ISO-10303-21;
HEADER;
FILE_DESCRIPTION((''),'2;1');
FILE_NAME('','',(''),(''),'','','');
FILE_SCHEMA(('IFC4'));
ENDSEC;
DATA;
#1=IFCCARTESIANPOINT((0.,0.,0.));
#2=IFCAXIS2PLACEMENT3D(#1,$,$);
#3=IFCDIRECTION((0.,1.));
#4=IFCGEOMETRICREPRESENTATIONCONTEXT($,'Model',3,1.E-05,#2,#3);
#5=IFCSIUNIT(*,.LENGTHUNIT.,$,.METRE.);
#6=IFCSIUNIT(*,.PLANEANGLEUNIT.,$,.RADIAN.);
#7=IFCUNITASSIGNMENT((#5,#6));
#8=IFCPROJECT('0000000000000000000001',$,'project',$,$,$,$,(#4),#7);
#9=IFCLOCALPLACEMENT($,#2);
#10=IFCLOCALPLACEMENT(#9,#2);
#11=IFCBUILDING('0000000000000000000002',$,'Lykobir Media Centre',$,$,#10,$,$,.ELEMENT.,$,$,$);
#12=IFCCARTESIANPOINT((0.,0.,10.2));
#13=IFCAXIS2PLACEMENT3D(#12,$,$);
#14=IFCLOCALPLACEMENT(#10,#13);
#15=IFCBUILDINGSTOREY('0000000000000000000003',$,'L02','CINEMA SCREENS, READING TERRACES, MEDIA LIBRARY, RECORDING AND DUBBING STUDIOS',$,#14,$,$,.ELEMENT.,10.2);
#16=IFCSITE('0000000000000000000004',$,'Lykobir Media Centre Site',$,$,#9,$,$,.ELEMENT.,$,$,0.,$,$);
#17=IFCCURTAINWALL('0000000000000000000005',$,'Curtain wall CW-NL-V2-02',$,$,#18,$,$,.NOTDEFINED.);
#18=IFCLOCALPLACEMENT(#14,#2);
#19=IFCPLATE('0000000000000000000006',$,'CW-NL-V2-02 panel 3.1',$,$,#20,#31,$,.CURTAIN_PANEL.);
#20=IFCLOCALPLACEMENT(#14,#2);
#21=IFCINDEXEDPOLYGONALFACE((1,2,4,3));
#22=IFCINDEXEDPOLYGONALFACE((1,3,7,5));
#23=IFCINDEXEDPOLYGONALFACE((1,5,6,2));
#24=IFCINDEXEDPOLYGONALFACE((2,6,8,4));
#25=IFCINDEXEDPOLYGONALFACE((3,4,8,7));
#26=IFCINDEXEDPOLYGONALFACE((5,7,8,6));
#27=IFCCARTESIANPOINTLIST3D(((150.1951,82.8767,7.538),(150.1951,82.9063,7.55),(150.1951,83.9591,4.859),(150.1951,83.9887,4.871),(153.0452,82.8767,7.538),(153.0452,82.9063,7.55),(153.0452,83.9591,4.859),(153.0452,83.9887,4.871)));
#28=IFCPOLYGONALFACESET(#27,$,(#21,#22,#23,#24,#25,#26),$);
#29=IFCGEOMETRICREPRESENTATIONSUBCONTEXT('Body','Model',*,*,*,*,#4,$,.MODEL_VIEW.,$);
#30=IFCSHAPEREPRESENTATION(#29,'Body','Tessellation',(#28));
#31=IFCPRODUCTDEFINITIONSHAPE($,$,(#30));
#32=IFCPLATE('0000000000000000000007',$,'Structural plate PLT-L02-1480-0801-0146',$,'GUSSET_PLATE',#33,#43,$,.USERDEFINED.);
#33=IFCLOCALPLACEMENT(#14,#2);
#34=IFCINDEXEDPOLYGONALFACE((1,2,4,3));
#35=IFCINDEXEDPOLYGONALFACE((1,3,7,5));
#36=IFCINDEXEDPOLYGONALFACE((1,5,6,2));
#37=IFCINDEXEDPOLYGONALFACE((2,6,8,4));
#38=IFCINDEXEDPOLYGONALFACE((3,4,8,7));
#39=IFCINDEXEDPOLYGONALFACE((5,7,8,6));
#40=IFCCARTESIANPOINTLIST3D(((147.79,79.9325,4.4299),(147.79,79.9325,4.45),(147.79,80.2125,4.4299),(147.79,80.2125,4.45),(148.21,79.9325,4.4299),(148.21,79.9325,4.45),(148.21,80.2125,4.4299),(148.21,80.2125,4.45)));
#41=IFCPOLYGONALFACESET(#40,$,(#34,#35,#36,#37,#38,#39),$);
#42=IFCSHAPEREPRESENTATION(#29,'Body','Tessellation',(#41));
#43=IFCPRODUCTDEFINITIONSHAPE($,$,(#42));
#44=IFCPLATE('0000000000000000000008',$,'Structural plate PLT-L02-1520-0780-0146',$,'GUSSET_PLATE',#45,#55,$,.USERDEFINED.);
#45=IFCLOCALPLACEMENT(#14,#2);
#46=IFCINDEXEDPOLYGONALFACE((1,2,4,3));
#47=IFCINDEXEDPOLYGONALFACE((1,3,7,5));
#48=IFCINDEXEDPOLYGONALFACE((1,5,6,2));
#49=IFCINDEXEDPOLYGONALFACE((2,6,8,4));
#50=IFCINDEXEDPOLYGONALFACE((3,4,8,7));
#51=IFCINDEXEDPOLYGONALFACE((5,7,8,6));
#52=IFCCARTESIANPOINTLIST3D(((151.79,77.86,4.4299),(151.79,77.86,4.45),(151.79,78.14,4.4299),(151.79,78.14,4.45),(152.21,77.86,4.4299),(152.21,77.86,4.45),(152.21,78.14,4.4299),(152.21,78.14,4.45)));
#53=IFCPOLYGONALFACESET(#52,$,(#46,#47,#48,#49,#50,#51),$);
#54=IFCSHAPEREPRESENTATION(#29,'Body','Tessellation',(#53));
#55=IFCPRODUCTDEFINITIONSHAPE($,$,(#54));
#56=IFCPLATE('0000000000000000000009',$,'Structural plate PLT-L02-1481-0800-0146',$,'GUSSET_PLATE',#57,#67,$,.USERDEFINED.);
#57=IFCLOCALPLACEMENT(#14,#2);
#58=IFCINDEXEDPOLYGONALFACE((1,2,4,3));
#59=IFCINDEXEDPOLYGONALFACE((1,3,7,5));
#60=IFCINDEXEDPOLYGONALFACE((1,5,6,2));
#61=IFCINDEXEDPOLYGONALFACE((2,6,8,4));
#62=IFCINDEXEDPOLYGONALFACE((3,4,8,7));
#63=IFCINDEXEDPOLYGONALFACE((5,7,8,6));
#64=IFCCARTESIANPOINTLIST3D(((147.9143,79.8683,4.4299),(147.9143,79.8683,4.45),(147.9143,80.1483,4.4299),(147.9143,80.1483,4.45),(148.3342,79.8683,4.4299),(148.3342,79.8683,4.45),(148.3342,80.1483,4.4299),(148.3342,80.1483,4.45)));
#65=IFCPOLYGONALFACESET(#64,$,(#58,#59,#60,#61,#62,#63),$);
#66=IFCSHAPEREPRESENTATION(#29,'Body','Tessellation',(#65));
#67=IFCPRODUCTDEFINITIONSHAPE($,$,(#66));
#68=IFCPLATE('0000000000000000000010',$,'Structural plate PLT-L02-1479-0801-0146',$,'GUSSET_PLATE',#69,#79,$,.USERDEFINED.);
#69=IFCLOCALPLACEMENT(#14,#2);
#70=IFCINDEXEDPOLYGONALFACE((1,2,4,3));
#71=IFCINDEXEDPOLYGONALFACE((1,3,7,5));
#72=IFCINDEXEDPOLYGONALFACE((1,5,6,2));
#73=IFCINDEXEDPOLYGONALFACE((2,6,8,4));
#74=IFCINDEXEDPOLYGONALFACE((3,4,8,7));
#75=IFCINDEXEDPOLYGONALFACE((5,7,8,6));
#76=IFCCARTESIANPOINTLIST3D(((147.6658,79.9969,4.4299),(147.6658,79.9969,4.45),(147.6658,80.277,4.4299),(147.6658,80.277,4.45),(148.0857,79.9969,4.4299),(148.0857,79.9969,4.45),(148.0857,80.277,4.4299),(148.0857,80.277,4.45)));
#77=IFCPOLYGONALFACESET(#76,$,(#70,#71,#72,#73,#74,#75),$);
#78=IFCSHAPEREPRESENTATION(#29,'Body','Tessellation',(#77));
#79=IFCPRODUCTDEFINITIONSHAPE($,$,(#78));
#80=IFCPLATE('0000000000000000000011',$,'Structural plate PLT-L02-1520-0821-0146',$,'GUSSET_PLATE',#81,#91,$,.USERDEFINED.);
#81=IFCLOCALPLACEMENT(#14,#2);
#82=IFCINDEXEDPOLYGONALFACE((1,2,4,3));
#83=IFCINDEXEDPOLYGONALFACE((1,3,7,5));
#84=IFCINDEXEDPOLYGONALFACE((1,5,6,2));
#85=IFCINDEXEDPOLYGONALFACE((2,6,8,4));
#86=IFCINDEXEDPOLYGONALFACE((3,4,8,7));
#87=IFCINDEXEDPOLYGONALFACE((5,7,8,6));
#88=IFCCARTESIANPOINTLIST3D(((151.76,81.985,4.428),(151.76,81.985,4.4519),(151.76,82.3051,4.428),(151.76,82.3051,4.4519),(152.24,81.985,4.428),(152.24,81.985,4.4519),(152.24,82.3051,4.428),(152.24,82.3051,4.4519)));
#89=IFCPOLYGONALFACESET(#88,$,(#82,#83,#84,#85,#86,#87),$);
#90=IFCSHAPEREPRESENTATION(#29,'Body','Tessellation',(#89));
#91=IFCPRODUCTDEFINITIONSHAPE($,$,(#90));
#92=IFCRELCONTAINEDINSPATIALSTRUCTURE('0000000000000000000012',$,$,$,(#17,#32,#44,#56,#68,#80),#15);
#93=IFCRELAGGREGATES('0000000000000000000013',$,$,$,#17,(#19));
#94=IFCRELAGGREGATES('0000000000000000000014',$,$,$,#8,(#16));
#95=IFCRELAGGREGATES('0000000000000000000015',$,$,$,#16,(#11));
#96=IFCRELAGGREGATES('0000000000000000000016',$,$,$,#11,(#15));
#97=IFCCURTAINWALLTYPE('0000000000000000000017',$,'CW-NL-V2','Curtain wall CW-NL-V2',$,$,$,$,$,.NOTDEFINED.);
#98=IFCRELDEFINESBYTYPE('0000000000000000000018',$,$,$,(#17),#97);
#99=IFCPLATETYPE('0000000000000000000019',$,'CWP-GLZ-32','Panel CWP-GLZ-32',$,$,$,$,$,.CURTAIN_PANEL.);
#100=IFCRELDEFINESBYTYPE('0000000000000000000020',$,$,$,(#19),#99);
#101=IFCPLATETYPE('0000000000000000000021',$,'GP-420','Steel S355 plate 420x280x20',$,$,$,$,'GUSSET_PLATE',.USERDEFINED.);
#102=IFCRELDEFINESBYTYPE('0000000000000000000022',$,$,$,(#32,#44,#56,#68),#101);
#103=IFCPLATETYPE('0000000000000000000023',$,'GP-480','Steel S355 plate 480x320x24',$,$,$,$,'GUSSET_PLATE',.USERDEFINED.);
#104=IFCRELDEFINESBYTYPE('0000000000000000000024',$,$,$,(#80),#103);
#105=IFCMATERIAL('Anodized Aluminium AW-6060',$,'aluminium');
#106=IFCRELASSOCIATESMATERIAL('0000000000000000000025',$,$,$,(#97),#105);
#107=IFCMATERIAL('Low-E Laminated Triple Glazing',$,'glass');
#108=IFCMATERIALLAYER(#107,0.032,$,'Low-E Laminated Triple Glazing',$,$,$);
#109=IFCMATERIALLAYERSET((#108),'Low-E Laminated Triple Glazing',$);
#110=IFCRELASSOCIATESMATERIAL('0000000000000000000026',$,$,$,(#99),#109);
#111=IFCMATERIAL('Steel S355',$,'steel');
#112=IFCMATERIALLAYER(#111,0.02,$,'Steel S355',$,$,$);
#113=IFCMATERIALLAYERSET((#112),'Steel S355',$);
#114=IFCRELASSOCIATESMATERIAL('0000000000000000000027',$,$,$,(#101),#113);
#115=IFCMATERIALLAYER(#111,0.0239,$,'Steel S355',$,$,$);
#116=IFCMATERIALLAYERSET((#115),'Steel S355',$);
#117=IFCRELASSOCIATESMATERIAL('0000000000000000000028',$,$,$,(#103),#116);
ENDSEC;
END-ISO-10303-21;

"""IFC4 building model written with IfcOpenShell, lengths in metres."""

from ifc_helpers import new_model, si_unit, direction, frame, origin, origin_2d, place, context, subcontext, project, spatial, rectangle, extrude, material, layer, layer_set, type_object, element, aggregate, save


model = new_model("IFC4")

# Units and contexts
model_context = context("Model", 3, precision=1e-05, world=origin(), true_north=direction((0.0, 1.0)))
body_context = subcontext(model_context, "Body", "Model", "MODEL_VIEW")
ifc_project = project(units=[si_unit("LENGTHUNIT", "METRE"), si_unit("PLANEANGLEUNIT", "RADIAN")], contexts=[model_context])

# Site, building, storey
site_placement = place(None, origin())
site = spatial("IfcSite", under=ifc_project, at=site_placement, Name="Lykobir Media Centre Site", CompositionType="ELEMENT", RefElevation=0.0)
building_placement = place(site_placement, origin())
building = spatial("IfcBuilding", under=site, at=building_placement, Name="Lykobir Media Centre", CompositionType="ELEMENT")
storey_placement = place(building_placement, frame((0.0, 0.0, 10.2)))
storey = spatial("IfcBuildingStorey", under=building, at=storey_placement, Name="L02", Description="CINEMA SCREENS, READING TERRACES, MEDIA LIBRARY, RECORDING AND DUBBING STUDIOS", CompositionType="ELEMENT", Elevation=10.2)

# Shared definitions
ifc_material_1 = material(Name="Steel S355", Category="steel")

# Shared definitions
ifc_material_2 = material(Name="Anodized Aluminium AW-6060", Category="aluminium")
curtain_wall_type = type_object("IfcCurtainWallType", Name="CW-NL-V2", Description="Curtain wall CW-NL-V2", PredefinedType="NOTDEFINED", material=ifc_material_2)

# Curtain wall, plate
curtain_wall_1_placement = place(storey_placement, origin())
curtain_wall_1 = element("IfcCurtainWall", 1, at=curtain_wall_1_placement, inside=storey, type_object=curtain_wall_type, Name="Curtain wall CW-NL-V2-02", PredefinedType="NOTDEFINED")
ifc_material_3 = material(Name="Low-E Laminated Triple Glazing", Category="glass")
ifc_layer_1 = layer(ifc_material_3, 0.032, Name="Low-E Laminated Triple Glazing")
ifc_layer_set_1 = layer_set([ifc_layer_1], Name="Low-E Laminated Triple Glazing")
plate_type_1 = type_object("IfcPlateType", Name="CWP-GLZ-32", Description="Panel CWP-GLZ-32", PredefinedType="CURTAIN_PANEL", material=ifc_layer_set_1)
plate_1_placement = place(storey_placement, frame((151.6201, 83.9739, 4.865), z_axis=(0.0, -0.374607, 0.927184), x_axis=(1.0, 0.0, 0.0)))
plate_1 = element("IfcPlate", 2, at=plate_1_placement, type_object=plate_type_1, Name="CW-NL-V2-02 panel 3.1", PredefinedType="CURTAIN_PANEL", context=body_context, shape_type="SweptSolid", body=[
    extrude(rectangle(XDim=2.8501, YDim=0.032, at=origin_2d()), origin(), (0.0, 0.0, 1.0), 2.8894),
])
aggregate(curtain_wall_1, [plate_1])

# Plates
ifc_layer_2 = layer(ifc_material_1, 0.02, Name="Steel S355")
ifc_layer_set_2 = layer_set([ifc_layer_2], Name="Steel S355")
plate_type_2 = type_object("IfcPlateType", Name="GP-420", Description="Steel S355 plate 420x280x20", ElementType="GUSSET_PLATE", PredefinedType="USERDEFINED", material=ifc_layer_set_2)
for number, where, z_axis, x_axis, name in (
    (3, (148.0, 80.0725, 4.4299), (0.0, 0.0, 1.0), (1.0, 0.0, 0.0), "Structural plate PLT-L02-1480-0801-0146"),
    (4, (152.0, 78.0, 4.4299), (0.0, 0.0, 1.0), (1.0, 0.0, 0.0), "Structural plate PLT-L02-1520-0780-0146"),
    (5, (148.1243, 80.0083, 4.4299), (0.0, 0.0, 1.0), (1.0, 0.0, 0.0), "Structural plate PLT-L02-1481-0800-0146"),
    (6, (147.8757, 80.137, 4.4299), (0.0, 0.0, 1.0), (1.0, 0.0, 0.0), "Structural plate PLT-L02-1479-0801-0146"),
):
    element("IfcPlate", number, at=place(storey_placement, frame(where, z_axis=z_axis, x_axis=x_axis)), inside=storey, type_object=plate_type_2, Name=name, ObjectType="GUSSET_PLATE", PredefinedType="USERDEFINED", context=body_context, shape_type="SweptSolid", body=[
        extrude(rectangle(XDim=0.4199, YDim=0.28, at=origin_2d()), origin(), (0.0, 0.0, 1.0), 0.02),
    ])
ifc_layer_3 = layer(ifc_material_1, 0.0239, Name="Steel S355")
ifc_layer_set_3 = layer_set([ifc_layer_3], Name="Steel S355")
plate_type_3 = type_object("IfcPlateType", Name="GP-480", Description="Steel S355 plate 480x320x24", ElementType="GUSSET_PLATE", PredefinedType="USERDEFINED", material=ifc_layer_set_3)
plate_2_placement = place(storey_placement, frame((152.0, 82.145, 4.428), z_axis=(0.0, 0.0, 1.0), x_axis=(1.0, 0.0, 0.0)))
element("IfcPlate", 7, at=plate_2_placement, inside=storey, type_object=plate_type_3, Name="Structural plate PLT-L02-1520-0821-0146", ObjectType="GUSSET_PLATE", PredefinedType="USERDEFINED", context=body_context, shape_type="SweptSolid", body=[
    extrude(rectangle(XDim=0.48, YDim=0.3201, at=origin_2d()), origin(), (0.0, 0.0, 1.0), 0.0239),
])

save(model, "model.ifc")
